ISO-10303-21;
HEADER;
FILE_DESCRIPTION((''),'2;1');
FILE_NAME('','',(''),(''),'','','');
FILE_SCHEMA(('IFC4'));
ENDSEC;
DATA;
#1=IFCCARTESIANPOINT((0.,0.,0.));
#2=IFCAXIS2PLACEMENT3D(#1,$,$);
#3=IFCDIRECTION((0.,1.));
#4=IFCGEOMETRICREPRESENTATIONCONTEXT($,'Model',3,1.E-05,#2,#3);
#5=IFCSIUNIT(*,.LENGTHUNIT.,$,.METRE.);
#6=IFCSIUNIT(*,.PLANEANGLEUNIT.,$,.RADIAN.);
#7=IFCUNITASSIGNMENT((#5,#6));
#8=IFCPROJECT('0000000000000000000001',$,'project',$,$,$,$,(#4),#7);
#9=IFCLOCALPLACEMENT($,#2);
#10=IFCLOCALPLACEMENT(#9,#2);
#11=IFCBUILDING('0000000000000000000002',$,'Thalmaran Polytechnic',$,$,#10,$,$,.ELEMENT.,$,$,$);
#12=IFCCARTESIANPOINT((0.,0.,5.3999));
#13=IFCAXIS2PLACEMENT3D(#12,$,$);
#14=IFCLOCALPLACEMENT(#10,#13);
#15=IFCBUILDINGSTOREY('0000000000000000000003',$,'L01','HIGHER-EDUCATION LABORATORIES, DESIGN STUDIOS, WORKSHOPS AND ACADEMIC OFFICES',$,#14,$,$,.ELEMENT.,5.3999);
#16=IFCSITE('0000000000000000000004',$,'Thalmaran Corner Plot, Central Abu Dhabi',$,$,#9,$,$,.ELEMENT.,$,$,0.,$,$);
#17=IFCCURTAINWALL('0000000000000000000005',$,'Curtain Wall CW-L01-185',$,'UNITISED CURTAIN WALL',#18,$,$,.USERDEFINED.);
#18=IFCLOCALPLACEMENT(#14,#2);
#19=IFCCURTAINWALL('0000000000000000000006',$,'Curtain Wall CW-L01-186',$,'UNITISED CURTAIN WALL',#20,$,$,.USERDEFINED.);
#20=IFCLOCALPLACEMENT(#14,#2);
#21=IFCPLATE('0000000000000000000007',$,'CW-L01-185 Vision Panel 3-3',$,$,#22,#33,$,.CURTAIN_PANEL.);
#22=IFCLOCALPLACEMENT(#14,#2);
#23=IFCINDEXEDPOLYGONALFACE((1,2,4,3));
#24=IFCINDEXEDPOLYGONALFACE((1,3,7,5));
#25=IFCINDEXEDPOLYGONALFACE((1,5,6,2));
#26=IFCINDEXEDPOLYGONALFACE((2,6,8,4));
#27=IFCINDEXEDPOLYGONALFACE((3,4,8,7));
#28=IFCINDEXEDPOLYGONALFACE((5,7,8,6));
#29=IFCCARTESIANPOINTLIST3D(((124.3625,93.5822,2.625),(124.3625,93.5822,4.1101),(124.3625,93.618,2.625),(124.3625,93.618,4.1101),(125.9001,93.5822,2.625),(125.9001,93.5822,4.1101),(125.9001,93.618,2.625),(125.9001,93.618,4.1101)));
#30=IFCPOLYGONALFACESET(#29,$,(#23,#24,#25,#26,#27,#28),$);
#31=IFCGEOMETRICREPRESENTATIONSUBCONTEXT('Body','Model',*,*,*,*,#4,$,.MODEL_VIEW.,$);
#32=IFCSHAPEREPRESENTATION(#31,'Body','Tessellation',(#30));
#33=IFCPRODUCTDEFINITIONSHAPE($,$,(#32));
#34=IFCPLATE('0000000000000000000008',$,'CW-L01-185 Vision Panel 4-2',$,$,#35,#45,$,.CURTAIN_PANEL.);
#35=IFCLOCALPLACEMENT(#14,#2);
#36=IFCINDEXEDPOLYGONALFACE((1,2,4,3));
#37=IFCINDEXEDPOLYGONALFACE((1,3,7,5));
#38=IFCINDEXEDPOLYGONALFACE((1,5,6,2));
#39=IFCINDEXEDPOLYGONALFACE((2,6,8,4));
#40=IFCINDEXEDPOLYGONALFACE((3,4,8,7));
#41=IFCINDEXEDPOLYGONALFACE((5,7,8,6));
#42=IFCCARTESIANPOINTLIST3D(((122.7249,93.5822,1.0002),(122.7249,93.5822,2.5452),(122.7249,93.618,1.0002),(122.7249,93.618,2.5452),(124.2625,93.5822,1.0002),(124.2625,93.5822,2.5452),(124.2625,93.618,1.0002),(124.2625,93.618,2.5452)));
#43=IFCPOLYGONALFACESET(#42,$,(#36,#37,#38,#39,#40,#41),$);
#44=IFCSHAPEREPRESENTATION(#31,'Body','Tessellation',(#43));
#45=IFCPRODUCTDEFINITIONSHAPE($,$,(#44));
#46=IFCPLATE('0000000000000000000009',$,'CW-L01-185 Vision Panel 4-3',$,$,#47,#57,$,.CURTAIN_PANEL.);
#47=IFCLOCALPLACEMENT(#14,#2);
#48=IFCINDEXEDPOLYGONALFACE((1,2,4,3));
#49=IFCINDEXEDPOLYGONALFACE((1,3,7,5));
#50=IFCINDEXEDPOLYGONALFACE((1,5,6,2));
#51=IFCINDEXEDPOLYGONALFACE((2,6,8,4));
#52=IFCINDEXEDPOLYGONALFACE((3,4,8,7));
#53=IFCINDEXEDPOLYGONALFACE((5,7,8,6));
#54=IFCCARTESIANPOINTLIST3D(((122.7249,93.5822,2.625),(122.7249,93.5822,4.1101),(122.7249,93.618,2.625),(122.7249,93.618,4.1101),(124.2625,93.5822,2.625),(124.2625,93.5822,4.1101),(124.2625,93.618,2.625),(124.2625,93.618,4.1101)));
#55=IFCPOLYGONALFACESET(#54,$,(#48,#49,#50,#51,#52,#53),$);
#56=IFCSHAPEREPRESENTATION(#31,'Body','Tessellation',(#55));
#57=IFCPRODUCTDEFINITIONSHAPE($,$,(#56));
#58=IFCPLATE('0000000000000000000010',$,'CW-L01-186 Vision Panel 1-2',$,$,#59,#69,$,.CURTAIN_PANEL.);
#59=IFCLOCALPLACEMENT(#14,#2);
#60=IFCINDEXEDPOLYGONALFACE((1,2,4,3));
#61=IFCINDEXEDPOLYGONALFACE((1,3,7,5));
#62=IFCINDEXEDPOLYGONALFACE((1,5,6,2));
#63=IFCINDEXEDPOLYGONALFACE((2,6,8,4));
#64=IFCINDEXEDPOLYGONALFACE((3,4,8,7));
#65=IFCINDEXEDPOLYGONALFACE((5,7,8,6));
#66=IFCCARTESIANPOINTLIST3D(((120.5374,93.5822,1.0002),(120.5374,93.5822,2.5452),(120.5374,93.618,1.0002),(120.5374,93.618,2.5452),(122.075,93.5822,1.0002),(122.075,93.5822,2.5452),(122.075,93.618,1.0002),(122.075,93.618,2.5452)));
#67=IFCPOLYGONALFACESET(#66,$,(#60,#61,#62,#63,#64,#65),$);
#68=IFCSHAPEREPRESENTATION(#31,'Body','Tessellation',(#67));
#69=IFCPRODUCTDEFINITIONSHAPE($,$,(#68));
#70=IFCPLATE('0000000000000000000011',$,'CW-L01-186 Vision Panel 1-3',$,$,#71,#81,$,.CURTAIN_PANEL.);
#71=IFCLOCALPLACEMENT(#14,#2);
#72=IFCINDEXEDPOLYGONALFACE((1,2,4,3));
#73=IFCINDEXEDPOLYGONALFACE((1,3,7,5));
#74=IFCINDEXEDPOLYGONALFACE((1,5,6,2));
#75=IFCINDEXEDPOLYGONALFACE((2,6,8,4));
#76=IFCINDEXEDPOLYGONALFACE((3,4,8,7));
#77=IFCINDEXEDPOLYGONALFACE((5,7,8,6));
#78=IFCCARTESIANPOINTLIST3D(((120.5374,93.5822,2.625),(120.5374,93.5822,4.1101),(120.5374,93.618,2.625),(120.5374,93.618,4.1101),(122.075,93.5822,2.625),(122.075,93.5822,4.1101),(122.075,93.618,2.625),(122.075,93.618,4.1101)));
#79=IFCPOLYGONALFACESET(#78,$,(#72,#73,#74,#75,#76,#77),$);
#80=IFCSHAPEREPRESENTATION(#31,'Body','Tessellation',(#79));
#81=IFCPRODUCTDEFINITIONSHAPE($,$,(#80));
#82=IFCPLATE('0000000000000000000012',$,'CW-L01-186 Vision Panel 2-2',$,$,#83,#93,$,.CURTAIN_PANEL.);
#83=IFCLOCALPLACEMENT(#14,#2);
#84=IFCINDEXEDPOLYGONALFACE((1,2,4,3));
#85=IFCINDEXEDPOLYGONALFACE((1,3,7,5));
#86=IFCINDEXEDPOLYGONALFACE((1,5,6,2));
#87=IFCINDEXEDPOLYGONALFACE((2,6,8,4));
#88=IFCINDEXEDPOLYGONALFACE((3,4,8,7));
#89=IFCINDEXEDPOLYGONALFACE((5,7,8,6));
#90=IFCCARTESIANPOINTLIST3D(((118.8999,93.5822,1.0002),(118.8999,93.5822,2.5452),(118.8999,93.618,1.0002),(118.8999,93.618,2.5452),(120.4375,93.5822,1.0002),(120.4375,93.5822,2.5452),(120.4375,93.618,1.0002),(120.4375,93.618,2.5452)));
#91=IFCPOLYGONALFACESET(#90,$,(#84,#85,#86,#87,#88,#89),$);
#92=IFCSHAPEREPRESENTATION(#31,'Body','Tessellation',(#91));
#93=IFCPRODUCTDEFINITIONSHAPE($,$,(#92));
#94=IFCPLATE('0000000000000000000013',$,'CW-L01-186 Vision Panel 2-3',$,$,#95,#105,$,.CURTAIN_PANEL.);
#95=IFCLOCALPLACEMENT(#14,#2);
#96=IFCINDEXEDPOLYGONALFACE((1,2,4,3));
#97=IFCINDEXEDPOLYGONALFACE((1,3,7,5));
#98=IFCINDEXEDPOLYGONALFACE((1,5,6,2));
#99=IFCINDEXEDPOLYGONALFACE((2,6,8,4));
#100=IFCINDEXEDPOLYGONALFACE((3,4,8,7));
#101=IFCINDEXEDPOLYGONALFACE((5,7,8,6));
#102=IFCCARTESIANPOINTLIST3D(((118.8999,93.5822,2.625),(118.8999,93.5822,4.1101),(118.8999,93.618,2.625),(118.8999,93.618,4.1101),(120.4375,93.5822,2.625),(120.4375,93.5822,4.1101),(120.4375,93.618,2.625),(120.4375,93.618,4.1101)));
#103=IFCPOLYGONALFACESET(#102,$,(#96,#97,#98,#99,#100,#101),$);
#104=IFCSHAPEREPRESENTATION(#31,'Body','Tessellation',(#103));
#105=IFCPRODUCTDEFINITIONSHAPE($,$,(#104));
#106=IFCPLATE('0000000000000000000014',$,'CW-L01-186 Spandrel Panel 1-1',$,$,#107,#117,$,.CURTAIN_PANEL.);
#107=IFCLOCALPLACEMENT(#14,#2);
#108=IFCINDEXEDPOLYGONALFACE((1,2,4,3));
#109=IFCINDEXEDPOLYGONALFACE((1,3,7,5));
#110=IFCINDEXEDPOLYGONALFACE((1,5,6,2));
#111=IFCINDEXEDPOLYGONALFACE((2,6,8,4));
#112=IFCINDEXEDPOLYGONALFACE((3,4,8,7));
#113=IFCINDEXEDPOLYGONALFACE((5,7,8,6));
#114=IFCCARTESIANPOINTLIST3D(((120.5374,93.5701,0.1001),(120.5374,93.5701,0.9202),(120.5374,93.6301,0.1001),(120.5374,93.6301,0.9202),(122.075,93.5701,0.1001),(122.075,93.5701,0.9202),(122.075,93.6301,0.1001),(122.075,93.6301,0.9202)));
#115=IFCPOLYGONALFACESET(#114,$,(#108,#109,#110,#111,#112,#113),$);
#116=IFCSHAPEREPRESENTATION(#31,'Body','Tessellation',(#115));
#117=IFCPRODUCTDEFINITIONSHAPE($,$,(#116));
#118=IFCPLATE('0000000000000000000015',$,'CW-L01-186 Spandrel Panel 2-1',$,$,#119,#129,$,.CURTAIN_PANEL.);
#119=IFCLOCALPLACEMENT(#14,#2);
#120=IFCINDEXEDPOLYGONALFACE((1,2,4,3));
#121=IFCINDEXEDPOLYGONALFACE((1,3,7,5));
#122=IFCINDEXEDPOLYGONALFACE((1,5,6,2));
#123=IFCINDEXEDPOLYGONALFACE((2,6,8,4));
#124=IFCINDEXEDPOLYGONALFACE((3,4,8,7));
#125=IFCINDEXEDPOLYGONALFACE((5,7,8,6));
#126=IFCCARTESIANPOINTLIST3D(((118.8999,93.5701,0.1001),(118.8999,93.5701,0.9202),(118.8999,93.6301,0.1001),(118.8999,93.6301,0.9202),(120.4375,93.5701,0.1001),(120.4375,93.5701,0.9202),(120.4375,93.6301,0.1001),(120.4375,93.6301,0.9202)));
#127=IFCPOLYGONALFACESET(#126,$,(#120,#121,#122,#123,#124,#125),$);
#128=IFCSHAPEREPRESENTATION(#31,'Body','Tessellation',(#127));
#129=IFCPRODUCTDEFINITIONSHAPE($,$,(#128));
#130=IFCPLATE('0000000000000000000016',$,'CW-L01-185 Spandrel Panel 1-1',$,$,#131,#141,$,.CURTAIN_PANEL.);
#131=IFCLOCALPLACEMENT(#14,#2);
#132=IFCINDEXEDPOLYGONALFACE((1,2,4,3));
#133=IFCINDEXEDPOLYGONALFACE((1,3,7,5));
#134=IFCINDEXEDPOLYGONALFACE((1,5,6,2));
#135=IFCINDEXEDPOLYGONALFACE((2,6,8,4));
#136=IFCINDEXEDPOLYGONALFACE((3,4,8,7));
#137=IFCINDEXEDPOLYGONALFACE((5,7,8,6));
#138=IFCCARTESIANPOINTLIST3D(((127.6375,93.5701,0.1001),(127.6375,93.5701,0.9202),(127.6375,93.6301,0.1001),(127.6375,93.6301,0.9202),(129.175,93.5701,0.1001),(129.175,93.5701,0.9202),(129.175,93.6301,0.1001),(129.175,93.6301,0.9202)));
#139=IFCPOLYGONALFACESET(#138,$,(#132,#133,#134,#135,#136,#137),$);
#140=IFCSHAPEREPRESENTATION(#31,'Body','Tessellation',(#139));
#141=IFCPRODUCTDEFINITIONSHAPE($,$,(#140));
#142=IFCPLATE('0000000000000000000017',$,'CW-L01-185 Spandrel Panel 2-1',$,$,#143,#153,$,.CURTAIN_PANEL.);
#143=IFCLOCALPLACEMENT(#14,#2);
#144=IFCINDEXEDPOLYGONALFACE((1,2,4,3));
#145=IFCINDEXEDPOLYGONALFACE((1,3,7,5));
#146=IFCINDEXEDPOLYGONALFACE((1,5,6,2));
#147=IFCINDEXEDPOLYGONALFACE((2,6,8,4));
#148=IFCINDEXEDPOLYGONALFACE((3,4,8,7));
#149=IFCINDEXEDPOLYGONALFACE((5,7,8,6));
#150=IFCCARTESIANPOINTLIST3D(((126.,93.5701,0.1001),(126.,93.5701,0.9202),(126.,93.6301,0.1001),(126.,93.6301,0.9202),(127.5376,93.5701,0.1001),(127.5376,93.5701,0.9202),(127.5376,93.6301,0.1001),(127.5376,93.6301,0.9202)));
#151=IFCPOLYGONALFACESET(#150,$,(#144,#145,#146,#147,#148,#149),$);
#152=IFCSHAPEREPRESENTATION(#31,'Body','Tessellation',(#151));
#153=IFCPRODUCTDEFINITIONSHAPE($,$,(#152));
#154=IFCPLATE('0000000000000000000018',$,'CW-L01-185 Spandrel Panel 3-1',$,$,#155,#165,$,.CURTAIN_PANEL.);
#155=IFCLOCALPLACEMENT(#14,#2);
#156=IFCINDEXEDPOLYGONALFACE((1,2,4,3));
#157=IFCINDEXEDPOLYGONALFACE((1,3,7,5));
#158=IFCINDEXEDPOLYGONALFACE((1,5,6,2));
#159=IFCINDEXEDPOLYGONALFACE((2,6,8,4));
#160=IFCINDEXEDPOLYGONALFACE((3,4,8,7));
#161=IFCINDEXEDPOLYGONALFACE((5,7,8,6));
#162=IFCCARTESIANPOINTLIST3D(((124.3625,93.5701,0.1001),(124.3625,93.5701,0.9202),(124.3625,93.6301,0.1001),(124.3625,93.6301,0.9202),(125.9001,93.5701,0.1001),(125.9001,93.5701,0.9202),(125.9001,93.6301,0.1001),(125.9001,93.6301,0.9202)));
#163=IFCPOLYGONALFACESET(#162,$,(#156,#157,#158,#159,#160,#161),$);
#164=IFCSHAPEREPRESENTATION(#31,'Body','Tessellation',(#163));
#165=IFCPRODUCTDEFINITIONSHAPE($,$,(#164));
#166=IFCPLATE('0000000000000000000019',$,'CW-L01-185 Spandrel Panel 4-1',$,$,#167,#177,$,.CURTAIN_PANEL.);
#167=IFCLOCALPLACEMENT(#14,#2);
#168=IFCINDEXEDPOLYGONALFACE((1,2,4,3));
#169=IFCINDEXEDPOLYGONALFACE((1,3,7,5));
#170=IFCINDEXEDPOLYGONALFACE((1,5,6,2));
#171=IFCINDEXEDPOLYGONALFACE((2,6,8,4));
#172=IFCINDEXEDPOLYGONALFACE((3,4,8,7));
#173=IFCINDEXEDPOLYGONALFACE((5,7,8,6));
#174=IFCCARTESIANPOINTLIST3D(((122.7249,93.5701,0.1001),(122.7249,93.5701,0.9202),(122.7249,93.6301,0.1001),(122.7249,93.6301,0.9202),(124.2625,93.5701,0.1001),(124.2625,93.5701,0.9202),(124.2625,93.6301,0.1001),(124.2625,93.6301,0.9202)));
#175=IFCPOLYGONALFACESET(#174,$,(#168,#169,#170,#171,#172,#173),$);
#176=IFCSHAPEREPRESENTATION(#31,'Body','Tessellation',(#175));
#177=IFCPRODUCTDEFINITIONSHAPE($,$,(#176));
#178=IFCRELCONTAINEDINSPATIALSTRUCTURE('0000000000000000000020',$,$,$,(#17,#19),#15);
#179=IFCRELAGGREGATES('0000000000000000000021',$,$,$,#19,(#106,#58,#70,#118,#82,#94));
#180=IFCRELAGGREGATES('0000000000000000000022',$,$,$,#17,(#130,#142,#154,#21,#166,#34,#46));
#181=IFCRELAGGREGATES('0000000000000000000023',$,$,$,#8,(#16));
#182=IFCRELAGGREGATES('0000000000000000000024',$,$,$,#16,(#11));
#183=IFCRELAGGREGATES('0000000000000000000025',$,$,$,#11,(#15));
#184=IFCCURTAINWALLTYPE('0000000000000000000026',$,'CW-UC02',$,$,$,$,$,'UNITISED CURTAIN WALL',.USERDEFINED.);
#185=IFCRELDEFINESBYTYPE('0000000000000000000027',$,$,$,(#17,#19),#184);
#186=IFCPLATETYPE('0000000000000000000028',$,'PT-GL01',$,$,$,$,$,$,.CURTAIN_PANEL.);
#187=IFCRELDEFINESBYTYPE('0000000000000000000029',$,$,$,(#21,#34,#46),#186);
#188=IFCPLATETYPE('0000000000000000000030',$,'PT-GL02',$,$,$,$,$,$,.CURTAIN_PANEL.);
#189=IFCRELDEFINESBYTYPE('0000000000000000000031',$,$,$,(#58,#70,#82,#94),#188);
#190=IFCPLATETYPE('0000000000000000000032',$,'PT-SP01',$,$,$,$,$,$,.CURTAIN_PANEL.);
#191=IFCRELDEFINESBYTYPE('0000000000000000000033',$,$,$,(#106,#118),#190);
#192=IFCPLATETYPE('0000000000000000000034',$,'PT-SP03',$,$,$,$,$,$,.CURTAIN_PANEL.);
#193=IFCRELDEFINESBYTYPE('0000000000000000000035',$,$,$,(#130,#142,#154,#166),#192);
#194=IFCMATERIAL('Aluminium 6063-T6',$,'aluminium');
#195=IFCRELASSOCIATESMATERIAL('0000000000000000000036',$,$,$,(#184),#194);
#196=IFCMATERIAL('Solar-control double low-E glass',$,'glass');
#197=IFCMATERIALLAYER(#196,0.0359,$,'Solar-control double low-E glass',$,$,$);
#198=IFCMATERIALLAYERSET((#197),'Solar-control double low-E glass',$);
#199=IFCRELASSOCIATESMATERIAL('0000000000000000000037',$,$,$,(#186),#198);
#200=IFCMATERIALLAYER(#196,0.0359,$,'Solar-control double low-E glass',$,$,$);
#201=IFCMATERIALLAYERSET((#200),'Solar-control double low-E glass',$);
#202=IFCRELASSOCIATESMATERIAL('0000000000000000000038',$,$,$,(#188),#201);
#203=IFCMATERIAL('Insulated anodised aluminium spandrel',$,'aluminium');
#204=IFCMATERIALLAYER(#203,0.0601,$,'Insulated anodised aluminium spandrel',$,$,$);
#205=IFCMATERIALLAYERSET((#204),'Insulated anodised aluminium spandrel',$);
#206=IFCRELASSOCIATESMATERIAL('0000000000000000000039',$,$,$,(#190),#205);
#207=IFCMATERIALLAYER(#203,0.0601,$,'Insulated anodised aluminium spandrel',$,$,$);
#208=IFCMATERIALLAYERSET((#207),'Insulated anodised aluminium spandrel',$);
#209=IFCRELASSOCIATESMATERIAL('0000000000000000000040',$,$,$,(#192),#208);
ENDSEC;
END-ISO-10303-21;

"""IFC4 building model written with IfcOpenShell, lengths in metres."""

from ifc_helpers import new_model, si_unit, direction, frame, origin, origin_2d, place, context, subcontext, project, spatial, rectangle, extrude, material, layer, layer_set, type_object, element, aggregate, save


model = new_model("IFC4")

# Units and contexts
model_context = context("Model", 3, precision=1e-05, world=origin(), true_north=direction((0.0, 1.0)))
body_context = subcontext(model_context, "Body", "Model", "MODEL_VIEW")
ifc_project = project(units=[si_unit("LENGTHUNIT", "METRE"), si_unit("PLANEANGLEUNIT", "RADIAN")], contexts=[model_context])

# Site, building, storey
site_placement = place(None, origin())
site = spatial("IfcSite", under=ifc_project, at=site_placement, Name="Thalmaran Corner Plot, Central Abu Dhabi", CompositionType="ELEMENT", RefElevation=0.0)
building_placement = place(site_placement, origin())
building = spatial("IfcBuilding", under=site, at=building_placement, Name="Thalmaran Polytechnic", CompositionType="ELEMENT")
storey_placement = place(building_placement, frame((0.0, 0.0, 5.3999)))
storey = spatial("IfcBuildingStorey", under=building, at=storey_placement, Name="L01", Description="HIGHER-EDUCATION LABORATORIES, DESIGN STUDIOS, WORKSHOPS AND ACADEMIC OFFICES", CompositionType="ELEMENT", Elevation=5.3999)

# Curtain walls
ifc_material_1 = material(Name="Aluminium 6063-T6", Category="aluminium")
curtain_wall_type = type_object("IfcCurtainWallType", Name="CW-UC02", ElementType="UNITISED CURTAIN WALL", PredefinedType="USERDEFINED", material=ifc_material_1)
curtain_wall_1_placement = place(storey_placement, origin())
curtain_wall_1 = element("IfcCurtainWall", 1, at=curtain_wall_1_placement, inside=storey, type_object=curtain_wall_type, Name="Curtain Wall CW-L01-185", ObjectType="UNITISED CURTAIN WALL", PredefinedType="USERDEFINED")
curtain_wall_2_placement = place(storey_placement, origin())
curtain_wall_2 = element("IfcCurtainWall", 2, at=curtain_wall_2_placement, inside=storey, type_object=curtain_wall_type, Name="Curtain Wall CW-L01-186", ObjectType="UNITISED CURTAIN WALL", PredefinedType="USERDEFINED")

# Plates
ifc_material_2 = material(Name="Solar-control double low-E glass", Category="glass")
ifc_layer_1 = layer(ifc_material_2, 0.0359, Name="Solar-control double low-E glass")
ifc_layer_set_1 = layer_set([ifc_layer_1], Name="Solar-control double low-E glass")
plate_type_1 = type_object("IfcPlateType", Name="PT-GL01", PredefinedType="CURTAIN_PANEL", material=ifc_layer_set_1)
plate_1_placement = place(storey_placement, frame((125.1313, 93.6001, 2.625), z_axis=(0.0, 0.0, 1.0), x_axis=(-1.0, 0.0, 0.0)))
plate_1 = element("IfcPlate", 3, at=plate_1_placement, type_object=plate_type_1, Name="CW-L01-185 Vision Panel 3-3", PredefinedType="CURTAIN_PANEL", context=body_context, shape_type="SweptSolid", body=[
    extrude(rectangle(XDim=1.5376, YDim=0.0359, at=origin_2d()), origin(), (0.0, 0.0, 1.0), 1.4851),
])
plate_2_placement = place(storey_placement, frame((123.4937, 93.6001, 1.0002), z_axis=(0.0, 0.0, 1.0), x_axis=(-1.0, 0.0, 0.0)))
plate_2 = element("IfcPlate", 4, at=plate_2_placement, type_object=plate_type_1, Name="CW-L01-185 Vision Panel 4-2", PredefinedType="CURTAIN_PANEL", context=body_context, shape_type="SweptSolid", body=[
    extrude(rectangle(XDim=1.5376, YDim=0.0359, at=origin_2d()), origin(), (0.0, 0.0, 1.0), 1.5449),
])
plate_3_placement = place(storey_placement, frame((123.4937, 93.6001, 2.625), z_axis=(0.0, 0.0, 1.0), x_axis=(-1.0, 0.0, 0.0)))
plate_3 = element("IfcPlate", 5, at=plate_3_placement, type_object=plate_type_1, Name="CW-L01-185 Vision Panel 4-3", PredefinedType="CURTAIN_PANEL", context=body_context, shape_type="SweptSolid", body=[
    extrude(rectangle(XDim=1.5376, YDim=0.0359, at=origin_2d()), origin(), (0.0, 0.0, 1.0), 1.4851),
])
ifc_layer_2 = layer(ifc_material_2, 0.0359, Name="Solar-control double low-E glass")
ifc_layer_set_2 = layer_set([ifc_layer_2], Name="Solar-control double low-E glass")
plate_type_2 = type_object("IfcPlateType", Name="PT-GL02", PredefinedType="CURTAIN_PANEL", material=ifc_layer_set_2)
plate_4_placement = place(storey_placement, frame((121.3062, 93.6001, 1.0002), z_axis=(0.0, 0.0, 1.0), x_axis=(-1.0, 0.0, 0.0)))
plate_4 = element("IfcPlate", 6, at=plate_4_placement, type_object=plate_type_2, Name="CW-L01-186 Vision Panel 1-2", PredefinedType="CURTAIN_PANEL", context=body_context, shape_type="SweptSolid", body=[
    extrude(rectangle(XDim=1.5376, YDim=0.0359, at=origin_2d()), origin(), (0.0, 0.0, 1.0), 1.5449),
])
plate_5_placement = place(storey_placement, frame((121.3062, 93.6001, 2.625), z_axis=(0.0, 0.0, 1.0), x_axis=(-1.0, 0.0, 0.0)))
plate_5 = element("IfcPlate", 7, at=plate_5_placement, type_object=plate_type_2, Name="CW-L01-186 Vision Panel 1-3", PredefinedType="CURTAIN_PANEL", context=body_context, shape_type="SweptSolid", body=[
    extrude(rectangle(XDim=1.5376, YDim=0.0359, at=origin_2d()), origin(), (0.0, 0.0, 1.0), 1.4851),
])
plate_6_placement = place(storey_placement, frame((119.6687, 93.6001, 1.0002), z_axis=(0.0, 0.0, 1.0), x_axis=(-1.0, 0.0, 0.0)))
plate_6 = element("IfcPlate", 8, at=plate_6_placement, type_object=plate_type_2, Name="CW-L01-186 Vision Panel 2-2", PredefinedType="CURTAIN_PANEL", context=body_context, shape_type="SweptSolid", body=[
    extrude(rectangle(XDim=1.5376, YDim=0.0359, at=origin_2d()), origin(), (0.0, 0.0, 1.0), 1.5449),
])
plate_7_placement = place(storey_placement, frame((119.6687, 93.6001, 2.625), z_axis=(0.0, 0.0, 1.0), x_axis=(-1.0, 0.0, 0.0)))
plate_7 = element("IfcPlate", 9, at=plate_7_placement, type_object=plate_type_2, Name="CW-L01-186 Vision Panel 2-3", PredefinedType="CURTAIN_PANEL", context=body_context, shape_type="SweptSolid", body=[
    extrude(rectangle(XDim=1.5376, YDim=0.0359, at=origin_2d()), origin(), (0.0, 0.0, 1.0), 1.4851),
])
ifc_material_3 = material(Name="Insulated anodised aluminium spandrel", Category="aluminium")
ifc_layer_3 = layer(ifc_material_3, 0.0601, Name="Insulated anodised aluminium spandrel")
ifc_layer_set_3 = layer_set([ifc_layer_3], Name="Insulated anodised aluminium spandrel")
plate_type_3 = type_object("IfcPlateType", Name="PT-SP01", PredefinedType="CURTAIN_PANEL", material=ifc_layer_set_3)
plate_8_placement = place(storey_placement, frame((121.3062, 93.6001, 0.1001), z_axis=(0.0, 0.0, 1.0), x_axis=(-1.0, 0.0, 0.0)))
plate_8 = element("IfcPlate", 10, at=plate_8_placement, type_object=plate_type_3, Name="CW-L01-186 Spandrel Panel 1-1", PredefinedType="CURTAIN_PANEL", context=body_context, shape_type="SweptSolid", body=[
    extrude(rectangle(XDim=1.5376, YDim=0.0601, at=origin_2d()), origin(), (0.0, 0.0, 1.0), 0.8201),
])
plate_9_placement = place(storey_placement, frame((119.6687, 93.6001, 0.1001), z_axis=(0.0, 0.0, 1.0), x_axis=(-1.0, 0.0, 0.0)))
plate_9 = element("IfcPlate", 11, at=plate_9_placement, type_object=plate_type_3, Name="CW-L01-186 Spandrel Panel 2-1", PredefinedType="CURTAIN_PANEL", context=body_context, shape_type="SweptSolid", body=[
    extrude(rectangle(XDim=1.5376, YDim=0.0601, at=origin_2d()), origin(), (0.0, 0.0, 1.0), 0.8201),
])
aggregate(curtain_wall_2, [plate_8, plate_4, plate_5, plate_9, plate_6, plate_7])
ifc_layer_4 = layer(ifc_material_3, 0.0601, Name="Insulated anodised aluminium spandrel")
ifc_layer_set_4 = layer_set([ifc_layer_4], Name="Insulated anodised aluminium spandrel")
plate_type_4 = type_object("IfcPlateType", Name="PT-SP03", PredefinedType="CURTAIN_PANEL", material=ifc_layer_set_4)
plate_10_placement = place(storey_placement, frame((128.4062, 93.6001, 0.1001), z_axis=(0.0, 0.0, 1.0), x_axis=(-1.0, 0.0, 0.0)))
plate_10 = element("IfcPlate", 12, at=plate_10_placement, type_object=plate_type_4, Name="CW-L01-185 Spandrel Panel 1-1", PredefinedType="CURTAIN_PANEL", context=body_context, shape_type="SweptSolid", body=[
    extrude(rectangle(XDim=1.5376, YDim=0.0601, at=origin_2d()), origin(), (0.0, 0.0, 1.0), 0.8201),
])
plate_11_placement = place(storey_placement, frame((126.7688, 93.6001, 0.1001), z_axis=(0.0, 0.0, 1.0), x_axis=(-1.0, 0.0, 0.0)))
plate_11 = element("IfcPlate", 13, at=plate_11_placement, type_object=plate_type_4, Name="CW-L01-185 Spandrel Panel 2-1", PredefinedType="CURTAIN_PANEL", context=body_context, shape_type="SweptSolid", body=[
    extrude(rectangle(XDim=1.5376, YDim=0.0601, at=origin_2d()), origin(), (0.0, 0.0, 1.0), 0.8201),
])
plate_12_placement = place(storey_placement, frame((125.1313, 93.6001, 0.1001), z_axis=(0.0, 0.0, 1.0), x_axis=(-1.0, 0.0, 0.0)))
plate_12 = element("IfcPlate", 14, at=plate_12_placement, type_object=plate_type_4, Name="CW-L01-185 Spandrel Panel 3-1", PredefinedType="CURTAIN_PANEL", context=body_context, shape_type="SweptSolid", body=[
    extrude(rectangle(XDim=1.5376, YDim=0.0601, at=origin_2d()), origin(), (0.0, 0.0, 1.0), 0.8201),
])
plate_13_placement = place(storey_placement, frame((123.4937, 93.6001, 0.1001), z_axis=(0.0, 0.0, 1.0), x_axis=(-1.0, 0.0, 0.0)))
plate_13 = element("IfcPlate", 15, at=plate_13_placement, type_object=plate_type_4, Name="CW-L01-185 Spandrel Panel 4-1", PredefinedType="CURTAIN_PANEL", context=body_context, shape_type="SweptSolid", body=[
    extrude(rectangle(XDim=1.5376, YDim=0.0601, at=origin_2d()), origin(), (0.0, 0.0, 1.0), 0.8201),
])
aggregate(curtain_wall_1, [plate_10, plate_11, plate_12, plate_1, plate_13, plate_2, plate_3])

save(model, "model.ifc")
